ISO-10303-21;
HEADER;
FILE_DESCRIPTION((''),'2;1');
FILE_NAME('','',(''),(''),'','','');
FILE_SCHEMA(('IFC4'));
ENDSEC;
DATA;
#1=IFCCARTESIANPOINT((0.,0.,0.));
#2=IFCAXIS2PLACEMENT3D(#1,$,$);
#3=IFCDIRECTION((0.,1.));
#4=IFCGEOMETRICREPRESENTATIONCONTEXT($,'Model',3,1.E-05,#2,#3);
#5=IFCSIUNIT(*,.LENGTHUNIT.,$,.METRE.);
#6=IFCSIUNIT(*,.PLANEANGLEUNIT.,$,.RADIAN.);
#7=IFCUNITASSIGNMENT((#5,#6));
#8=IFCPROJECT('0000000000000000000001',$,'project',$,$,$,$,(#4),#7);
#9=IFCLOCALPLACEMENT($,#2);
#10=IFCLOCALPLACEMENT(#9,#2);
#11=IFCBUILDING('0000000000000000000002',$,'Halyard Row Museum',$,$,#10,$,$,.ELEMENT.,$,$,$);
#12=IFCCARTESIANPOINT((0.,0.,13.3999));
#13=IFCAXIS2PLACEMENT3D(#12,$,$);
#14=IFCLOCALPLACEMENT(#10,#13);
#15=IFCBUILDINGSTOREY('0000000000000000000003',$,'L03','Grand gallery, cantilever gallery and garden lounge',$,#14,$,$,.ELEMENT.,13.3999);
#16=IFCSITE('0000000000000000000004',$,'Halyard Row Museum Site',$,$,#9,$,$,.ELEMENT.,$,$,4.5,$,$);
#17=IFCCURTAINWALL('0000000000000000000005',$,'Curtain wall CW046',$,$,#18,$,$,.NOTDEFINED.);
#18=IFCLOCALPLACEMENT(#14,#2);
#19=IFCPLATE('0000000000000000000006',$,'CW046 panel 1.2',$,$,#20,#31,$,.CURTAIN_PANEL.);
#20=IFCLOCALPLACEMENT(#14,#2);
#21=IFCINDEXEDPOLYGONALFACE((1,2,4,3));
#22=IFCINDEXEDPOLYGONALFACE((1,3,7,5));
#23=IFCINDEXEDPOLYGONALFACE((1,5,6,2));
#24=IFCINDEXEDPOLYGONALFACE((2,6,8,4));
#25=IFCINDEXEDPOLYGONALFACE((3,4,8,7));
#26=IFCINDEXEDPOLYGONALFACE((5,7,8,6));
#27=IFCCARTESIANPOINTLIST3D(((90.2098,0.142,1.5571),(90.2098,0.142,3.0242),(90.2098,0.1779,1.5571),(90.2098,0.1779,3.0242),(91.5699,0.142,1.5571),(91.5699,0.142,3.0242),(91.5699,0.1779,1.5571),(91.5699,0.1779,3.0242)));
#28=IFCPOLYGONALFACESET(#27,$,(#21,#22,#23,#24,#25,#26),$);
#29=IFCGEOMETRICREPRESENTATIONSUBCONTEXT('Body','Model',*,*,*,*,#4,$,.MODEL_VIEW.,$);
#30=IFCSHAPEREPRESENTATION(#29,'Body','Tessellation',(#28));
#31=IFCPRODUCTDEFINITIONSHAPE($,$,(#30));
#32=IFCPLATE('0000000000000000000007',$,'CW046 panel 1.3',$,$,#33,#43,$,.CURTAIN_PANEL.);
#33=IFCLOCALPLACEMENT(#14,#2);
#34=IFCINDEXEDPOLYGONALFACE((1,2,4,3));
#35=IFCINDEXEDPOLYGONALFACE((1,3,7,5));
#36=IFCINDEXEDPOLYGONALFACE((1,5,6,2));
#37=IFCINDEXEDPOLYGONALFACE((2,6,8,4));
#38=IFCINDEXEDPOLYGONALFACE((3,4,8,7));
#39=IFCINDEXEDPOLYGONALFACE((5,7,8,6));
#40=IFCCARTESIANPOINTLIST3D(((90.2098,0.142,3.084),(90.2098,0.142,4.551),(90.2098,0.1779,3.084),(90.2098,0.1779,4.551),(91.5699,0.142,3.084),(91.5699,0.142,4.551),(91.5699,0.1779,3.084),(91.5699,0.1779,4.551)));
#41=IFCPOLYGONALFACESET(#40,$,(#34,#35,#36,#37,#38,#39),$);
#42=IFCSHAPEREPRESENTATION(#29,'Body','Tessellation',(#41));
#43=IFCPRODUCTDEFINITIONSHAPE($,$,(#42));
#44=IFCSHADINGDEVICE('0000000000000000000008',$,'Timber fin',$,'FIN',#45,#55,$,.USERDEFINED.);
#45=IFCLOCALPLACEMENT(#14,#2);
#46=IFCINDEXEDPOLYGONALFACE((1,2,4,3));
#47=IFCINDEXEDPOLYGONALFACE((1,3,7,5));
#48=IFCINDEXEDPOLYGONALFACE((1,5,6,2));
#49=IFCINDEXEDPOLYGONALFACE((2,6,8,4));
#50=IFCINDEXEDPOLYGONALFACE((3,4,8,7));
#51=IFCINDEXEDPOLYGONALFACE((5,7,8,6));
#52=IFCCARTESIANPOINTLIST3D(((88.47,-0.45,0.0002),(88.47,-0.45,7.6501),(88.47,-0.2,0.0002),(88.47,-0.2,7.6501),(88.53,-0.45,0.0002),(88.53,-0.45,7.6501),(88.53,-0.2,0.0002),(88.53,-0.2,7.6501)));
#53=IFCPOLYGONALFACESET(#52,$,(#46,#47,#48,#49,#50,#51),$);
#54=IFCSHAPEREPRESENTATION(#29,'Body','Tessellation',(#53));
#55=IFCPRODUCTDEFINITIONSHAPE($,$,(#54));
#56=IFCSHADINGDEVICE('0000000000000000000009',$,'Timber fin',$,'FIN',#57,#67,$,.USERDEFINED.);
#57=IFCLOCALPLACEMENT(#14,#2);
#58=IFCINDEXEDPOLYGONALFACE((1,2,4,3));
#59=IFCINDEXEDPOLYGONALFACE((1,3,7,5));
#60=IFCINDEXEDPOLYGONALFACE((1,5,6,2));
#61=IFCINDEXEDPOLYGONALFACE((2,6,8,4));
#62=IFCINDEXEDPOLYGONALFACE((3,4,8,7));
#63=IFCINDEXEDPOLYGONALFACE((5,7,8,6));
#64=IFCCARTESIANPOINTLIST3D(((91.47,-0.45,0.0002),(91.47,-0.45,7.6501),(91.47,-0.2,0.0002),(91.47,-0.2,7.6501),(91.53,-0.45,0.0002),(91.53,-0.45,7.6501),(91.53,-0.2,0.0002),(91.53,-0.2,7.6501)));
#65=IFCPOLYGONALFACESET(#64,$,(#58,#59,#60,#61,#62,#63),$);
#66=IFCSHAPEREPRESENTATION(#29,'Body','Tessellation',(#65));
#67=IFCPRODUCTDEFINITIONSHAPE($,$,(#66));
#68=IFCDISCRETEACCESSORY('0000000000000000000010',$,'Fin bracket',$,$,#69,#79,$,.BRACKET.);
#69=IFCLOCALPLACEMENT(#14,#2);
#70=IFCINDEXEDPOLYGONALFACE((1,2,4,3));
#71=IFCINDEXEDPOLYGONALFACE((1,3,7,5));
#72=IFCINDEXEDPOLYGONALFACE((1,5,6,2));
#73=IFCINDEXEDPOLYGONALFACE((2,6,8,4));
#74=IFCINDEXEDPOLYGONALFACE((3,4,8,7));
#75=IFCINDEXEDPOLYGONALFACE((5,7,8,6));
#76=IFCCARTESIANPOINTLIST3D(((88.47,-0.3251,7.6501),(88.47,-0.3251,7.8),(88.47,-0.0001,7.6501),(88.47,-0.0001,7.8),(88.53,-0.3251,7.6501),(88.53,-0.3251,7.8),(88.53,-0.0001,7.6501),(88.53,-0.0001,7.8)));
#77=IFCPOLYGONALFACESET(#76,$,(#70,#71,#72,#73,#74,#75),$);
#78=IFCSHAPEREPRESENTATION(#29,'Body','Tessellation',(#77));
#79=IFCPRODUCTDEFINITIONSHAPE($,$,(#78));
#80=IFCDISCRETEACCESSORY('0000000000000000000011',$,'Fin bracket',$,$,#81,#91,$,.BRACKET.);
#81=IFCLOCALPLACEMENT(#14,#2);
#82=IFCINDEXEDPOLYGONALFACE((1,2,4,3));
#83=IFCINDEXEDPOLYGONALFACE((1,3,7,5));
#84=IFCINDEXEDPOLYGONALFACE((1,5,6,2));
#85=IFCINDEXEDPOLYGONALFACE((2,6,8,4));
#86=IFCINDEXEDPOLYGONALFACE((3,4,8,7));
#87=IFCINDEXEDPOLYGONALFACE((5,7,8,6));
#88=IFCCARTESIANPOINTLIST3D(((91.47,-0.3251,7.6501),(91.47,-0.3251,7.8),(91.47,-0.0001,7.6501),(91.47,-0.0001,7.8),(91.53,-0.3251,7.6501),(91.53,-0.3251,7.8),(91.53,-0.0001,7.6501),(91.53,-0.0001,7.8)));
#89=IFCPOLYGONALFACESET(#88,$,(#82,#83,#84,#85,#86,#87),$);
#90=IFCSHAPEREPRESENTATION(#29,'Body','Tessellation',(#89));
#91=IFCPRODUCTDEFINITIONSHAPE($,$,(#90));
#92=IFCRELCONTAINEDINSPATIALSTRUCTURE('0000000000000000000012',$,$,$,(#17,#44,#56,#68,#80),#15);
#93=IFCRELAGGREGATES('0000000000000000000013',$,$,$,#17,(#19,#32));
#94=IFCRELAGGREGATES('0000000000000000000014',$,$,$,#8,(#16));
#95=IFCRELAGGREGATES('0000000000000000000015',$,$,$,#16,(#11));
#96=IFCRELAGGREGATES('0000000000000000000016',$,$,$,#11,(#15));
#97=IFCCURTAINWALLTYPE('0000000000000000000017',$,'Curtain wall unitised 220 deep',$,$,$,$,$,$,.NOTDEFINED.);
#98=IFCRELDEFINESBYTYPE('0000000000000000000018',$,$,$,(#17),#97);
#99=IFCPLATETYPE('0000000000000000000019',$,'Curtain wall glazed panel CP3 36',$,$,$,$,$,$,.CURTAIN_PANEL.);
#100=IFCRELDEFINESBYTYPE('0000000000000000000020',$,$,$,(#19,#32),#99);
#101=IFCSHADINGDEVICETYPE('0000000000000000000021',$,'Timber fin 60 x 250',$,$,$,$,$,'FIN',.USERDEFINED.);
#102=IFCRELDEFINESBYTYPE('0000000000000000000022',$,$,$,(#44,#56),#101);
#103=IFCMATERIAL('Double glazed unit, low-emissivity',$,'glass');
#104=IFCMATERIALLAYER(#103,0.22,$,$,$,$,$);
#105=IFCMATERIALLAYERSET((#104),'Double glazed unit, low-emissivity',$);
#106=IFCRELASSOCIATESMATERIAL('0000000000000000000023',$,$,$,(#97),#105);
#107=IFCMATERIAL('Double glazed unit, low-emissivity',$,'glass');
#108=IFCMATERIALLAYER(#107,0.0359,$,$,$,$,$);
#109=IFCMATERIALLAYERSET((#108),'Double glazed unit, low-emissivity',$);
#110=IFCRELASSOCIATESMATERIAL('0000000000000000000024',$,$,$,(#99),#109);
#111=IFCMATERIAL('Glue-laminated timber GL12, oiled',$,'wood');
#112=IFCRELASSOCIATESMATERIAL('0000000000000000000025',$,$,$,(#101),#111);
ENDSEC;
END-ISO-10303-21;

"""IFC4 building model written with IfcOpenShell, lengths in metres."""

from ifc_helpers import new_model, si_unit, direction, frame, origin, origin_2d, place, context, subcontext, project, spatial, rectangle, extrude, material, layer, layer_set, type_object, element, aggregate, save


model = new_model("IFC4")

# Units and contexts
model_context = context("Model", 3, precision=1e-05, world=origin(), true_north=direction((0.0, 1.0)))
body_context = subcontext(model_context, "Body", "Model", "MODEL_VIEW")
ifc_project = project(units=[si_unit("LENGTHUNIT", "METRE"), si_unit("PLANEANGLEUNIT", "RADIAN")], contexts=[model_context])

# Site, building, storey
site_placement = place(None, origin())
site = spatial("IfcSite", under=ifc_project, at=site_placement, Name="Halyard Row Museum Site", CompositionType="ELEMENT", RefElevation=4.5)
building_placement = place(site_placement, origin())
building = spatial("IfcBuilding", under=site, at=building_placement, Name="Halyard Row Museum", CompositionType="ELEMENT")
storey_placement = place(building_placement, frame((0.0, 0.0, 13.3999)))
storey = spatial("IfcBuildingStorey", under=building, at=storey_placement, Name="L03", Description="Grand gallery, cantilever gallery and garden lounge", CompositionType="ELEMENT", Elevation=13.3999)

# Shared definitions
ifc_material_1 = material(Name="Double glazed unit, low-emissivity", Category="glass")
ifc_layer_1 = layer(ifc_material_1, 0.22)
ifc_layer_set_1 = layer_set([ifc_layer_1], Name="Double glazed unit, low-emissivity")
curtain_wall_type = type_object("IfcCurtainWallType", Name="Curtain wall unitised 220 deep", PredefinedType="NOTDEFINED", material=ifc_layer_set_1)

# Curtain wall
curtain_wall_1_placement = place(storey_placement, origin())
curtain_wall_1 = element("IfcCurtainWall", 1, at=curtain_wall_1_placement, inside=storey, type_object=curtain_wall_type, Name="Curtain wall CW046", PredefinedType="NOTDEFINED")

# Plates
ifc_material_2 = material(Name="Double glazed unit, low-emissivity", Category="glass")
ifc_layer_2 = layer(ifc_material_2, 0.0359)
ifc_layer_set_2 = layer_set([ifc_layer_2], Name="Double glazed unit, low-emissivity")
plate_type = type_object("IfcPlateType", Name="Curtain wall glazed panel CP3 36", PredefinedType="CURTAIN_PANEL", material=ifc_layer_set_2)
plate_1_placement = place(storey_placement, frame((90.8899, 0.1599, 1.5571), z_axis=(0.0, 0.0, 1.0), x_axis=(1.0, 0.0, 0.0)))
plate_1 = element("IfcPlate", 2, at=plate_1_placement, type_object=plate_type, Name="CW046 panel 1.2", PredefinedType="CURTAIN_PANEL", context=body_context, shape_type="SweptSolid", body=[
    extrude(rectangle(XDim=1.3601, YDim=0.0359, at=origin_2d()), origin(), (0.0, 0.0, 1.0), 1.467),
])
plate_2_placement = place(storey_placement, frame((90.8899, 0.1599, 3.084), z_axis=(0.0, 0.0, 1.0), x_axis=(1.0, 0.0, 0.0)))
plate_2 = element("IfcPlate", 3, at=plate_2_placement, type_object=plate_type, Name="CW046 panel 1.3", PredefinedType="CURTAIN_PANEL", context=body_context, shape_type="SweptSolid", body=[
    extrude(rectangle(XDim=1.3601, YDim=0.0359, at=origin_2d()), origin(), (0.0, 0.0, 1.0), 1.467),
])
aggregate(curtain_wall_1, [plate_1, plate_2])

# Shading devices
ifc_material_3 = material(Name="Glue-laminated timber GL12, oiled", Category="wood")
shading_device_type = type_object("IfcShadingDeviceType", Name="Timber fin 60 x 250", ElementType="FIN", PredefinedType="USERDEFINED", material=ifc_material_3)
for number, where, z_axis, x_axis, name in (
    (4, (88.5, -0.325, 0.0002), (0.0, 0.0, 1.0), (1.0, 0.0, 0.0), "Timber fin"),
    (5, (91.5, -0.325, 0.0002), (0.0, 0.0, 1.0), (1.0, 0.0, 0.0), "Timber fin"),
):
    element("IfcShadingDevice", number, at=place(storey_placement, frame(where, z_axis=z_axis, x_axis=x_axis)), inside=storey, type_object=shading_device_type, Name=name, ObjectType="FIN", PredefinedType="USERDEFINED", context=body_context, shape_type="SweptSolid", body=[
        extrude(rectangle(XDim=0.0601, YDim=0.25, at=origin_2d()), origin(), (0.0, 0.0, 1.0), 7.6499),
    ])

# Discrete accessories
for number, where, z_axis, x_axis, name in (
    (6, (88.5, -0.1626, 7.6501), (0.0, 0.0, 1.0), (1.0, 0.0, 0.0), "Fin bracket"),
    (7, (91.5, -0.1626, 7.6501), (0.0, 0.0, 1.0), (1.0, 0.0, 0.0), "Fin bracket"),
):
    element("IfcDiscreteAccessory", number, at=place(storey_placement, frame(where, z_axis=z_axis, x_axis=x_axis)), inside=storey, Name=name, PredefinedType="BRACKET", context=body_context, shape_type="SweptSolid", body=[
        extrude(rectangle(XDim=0.0601, YDim=0.325, at=origin_2d()), origin(), (0.0, 0.0, 1.0), 0.1499),
    ])

save(model, "model.ifc")
